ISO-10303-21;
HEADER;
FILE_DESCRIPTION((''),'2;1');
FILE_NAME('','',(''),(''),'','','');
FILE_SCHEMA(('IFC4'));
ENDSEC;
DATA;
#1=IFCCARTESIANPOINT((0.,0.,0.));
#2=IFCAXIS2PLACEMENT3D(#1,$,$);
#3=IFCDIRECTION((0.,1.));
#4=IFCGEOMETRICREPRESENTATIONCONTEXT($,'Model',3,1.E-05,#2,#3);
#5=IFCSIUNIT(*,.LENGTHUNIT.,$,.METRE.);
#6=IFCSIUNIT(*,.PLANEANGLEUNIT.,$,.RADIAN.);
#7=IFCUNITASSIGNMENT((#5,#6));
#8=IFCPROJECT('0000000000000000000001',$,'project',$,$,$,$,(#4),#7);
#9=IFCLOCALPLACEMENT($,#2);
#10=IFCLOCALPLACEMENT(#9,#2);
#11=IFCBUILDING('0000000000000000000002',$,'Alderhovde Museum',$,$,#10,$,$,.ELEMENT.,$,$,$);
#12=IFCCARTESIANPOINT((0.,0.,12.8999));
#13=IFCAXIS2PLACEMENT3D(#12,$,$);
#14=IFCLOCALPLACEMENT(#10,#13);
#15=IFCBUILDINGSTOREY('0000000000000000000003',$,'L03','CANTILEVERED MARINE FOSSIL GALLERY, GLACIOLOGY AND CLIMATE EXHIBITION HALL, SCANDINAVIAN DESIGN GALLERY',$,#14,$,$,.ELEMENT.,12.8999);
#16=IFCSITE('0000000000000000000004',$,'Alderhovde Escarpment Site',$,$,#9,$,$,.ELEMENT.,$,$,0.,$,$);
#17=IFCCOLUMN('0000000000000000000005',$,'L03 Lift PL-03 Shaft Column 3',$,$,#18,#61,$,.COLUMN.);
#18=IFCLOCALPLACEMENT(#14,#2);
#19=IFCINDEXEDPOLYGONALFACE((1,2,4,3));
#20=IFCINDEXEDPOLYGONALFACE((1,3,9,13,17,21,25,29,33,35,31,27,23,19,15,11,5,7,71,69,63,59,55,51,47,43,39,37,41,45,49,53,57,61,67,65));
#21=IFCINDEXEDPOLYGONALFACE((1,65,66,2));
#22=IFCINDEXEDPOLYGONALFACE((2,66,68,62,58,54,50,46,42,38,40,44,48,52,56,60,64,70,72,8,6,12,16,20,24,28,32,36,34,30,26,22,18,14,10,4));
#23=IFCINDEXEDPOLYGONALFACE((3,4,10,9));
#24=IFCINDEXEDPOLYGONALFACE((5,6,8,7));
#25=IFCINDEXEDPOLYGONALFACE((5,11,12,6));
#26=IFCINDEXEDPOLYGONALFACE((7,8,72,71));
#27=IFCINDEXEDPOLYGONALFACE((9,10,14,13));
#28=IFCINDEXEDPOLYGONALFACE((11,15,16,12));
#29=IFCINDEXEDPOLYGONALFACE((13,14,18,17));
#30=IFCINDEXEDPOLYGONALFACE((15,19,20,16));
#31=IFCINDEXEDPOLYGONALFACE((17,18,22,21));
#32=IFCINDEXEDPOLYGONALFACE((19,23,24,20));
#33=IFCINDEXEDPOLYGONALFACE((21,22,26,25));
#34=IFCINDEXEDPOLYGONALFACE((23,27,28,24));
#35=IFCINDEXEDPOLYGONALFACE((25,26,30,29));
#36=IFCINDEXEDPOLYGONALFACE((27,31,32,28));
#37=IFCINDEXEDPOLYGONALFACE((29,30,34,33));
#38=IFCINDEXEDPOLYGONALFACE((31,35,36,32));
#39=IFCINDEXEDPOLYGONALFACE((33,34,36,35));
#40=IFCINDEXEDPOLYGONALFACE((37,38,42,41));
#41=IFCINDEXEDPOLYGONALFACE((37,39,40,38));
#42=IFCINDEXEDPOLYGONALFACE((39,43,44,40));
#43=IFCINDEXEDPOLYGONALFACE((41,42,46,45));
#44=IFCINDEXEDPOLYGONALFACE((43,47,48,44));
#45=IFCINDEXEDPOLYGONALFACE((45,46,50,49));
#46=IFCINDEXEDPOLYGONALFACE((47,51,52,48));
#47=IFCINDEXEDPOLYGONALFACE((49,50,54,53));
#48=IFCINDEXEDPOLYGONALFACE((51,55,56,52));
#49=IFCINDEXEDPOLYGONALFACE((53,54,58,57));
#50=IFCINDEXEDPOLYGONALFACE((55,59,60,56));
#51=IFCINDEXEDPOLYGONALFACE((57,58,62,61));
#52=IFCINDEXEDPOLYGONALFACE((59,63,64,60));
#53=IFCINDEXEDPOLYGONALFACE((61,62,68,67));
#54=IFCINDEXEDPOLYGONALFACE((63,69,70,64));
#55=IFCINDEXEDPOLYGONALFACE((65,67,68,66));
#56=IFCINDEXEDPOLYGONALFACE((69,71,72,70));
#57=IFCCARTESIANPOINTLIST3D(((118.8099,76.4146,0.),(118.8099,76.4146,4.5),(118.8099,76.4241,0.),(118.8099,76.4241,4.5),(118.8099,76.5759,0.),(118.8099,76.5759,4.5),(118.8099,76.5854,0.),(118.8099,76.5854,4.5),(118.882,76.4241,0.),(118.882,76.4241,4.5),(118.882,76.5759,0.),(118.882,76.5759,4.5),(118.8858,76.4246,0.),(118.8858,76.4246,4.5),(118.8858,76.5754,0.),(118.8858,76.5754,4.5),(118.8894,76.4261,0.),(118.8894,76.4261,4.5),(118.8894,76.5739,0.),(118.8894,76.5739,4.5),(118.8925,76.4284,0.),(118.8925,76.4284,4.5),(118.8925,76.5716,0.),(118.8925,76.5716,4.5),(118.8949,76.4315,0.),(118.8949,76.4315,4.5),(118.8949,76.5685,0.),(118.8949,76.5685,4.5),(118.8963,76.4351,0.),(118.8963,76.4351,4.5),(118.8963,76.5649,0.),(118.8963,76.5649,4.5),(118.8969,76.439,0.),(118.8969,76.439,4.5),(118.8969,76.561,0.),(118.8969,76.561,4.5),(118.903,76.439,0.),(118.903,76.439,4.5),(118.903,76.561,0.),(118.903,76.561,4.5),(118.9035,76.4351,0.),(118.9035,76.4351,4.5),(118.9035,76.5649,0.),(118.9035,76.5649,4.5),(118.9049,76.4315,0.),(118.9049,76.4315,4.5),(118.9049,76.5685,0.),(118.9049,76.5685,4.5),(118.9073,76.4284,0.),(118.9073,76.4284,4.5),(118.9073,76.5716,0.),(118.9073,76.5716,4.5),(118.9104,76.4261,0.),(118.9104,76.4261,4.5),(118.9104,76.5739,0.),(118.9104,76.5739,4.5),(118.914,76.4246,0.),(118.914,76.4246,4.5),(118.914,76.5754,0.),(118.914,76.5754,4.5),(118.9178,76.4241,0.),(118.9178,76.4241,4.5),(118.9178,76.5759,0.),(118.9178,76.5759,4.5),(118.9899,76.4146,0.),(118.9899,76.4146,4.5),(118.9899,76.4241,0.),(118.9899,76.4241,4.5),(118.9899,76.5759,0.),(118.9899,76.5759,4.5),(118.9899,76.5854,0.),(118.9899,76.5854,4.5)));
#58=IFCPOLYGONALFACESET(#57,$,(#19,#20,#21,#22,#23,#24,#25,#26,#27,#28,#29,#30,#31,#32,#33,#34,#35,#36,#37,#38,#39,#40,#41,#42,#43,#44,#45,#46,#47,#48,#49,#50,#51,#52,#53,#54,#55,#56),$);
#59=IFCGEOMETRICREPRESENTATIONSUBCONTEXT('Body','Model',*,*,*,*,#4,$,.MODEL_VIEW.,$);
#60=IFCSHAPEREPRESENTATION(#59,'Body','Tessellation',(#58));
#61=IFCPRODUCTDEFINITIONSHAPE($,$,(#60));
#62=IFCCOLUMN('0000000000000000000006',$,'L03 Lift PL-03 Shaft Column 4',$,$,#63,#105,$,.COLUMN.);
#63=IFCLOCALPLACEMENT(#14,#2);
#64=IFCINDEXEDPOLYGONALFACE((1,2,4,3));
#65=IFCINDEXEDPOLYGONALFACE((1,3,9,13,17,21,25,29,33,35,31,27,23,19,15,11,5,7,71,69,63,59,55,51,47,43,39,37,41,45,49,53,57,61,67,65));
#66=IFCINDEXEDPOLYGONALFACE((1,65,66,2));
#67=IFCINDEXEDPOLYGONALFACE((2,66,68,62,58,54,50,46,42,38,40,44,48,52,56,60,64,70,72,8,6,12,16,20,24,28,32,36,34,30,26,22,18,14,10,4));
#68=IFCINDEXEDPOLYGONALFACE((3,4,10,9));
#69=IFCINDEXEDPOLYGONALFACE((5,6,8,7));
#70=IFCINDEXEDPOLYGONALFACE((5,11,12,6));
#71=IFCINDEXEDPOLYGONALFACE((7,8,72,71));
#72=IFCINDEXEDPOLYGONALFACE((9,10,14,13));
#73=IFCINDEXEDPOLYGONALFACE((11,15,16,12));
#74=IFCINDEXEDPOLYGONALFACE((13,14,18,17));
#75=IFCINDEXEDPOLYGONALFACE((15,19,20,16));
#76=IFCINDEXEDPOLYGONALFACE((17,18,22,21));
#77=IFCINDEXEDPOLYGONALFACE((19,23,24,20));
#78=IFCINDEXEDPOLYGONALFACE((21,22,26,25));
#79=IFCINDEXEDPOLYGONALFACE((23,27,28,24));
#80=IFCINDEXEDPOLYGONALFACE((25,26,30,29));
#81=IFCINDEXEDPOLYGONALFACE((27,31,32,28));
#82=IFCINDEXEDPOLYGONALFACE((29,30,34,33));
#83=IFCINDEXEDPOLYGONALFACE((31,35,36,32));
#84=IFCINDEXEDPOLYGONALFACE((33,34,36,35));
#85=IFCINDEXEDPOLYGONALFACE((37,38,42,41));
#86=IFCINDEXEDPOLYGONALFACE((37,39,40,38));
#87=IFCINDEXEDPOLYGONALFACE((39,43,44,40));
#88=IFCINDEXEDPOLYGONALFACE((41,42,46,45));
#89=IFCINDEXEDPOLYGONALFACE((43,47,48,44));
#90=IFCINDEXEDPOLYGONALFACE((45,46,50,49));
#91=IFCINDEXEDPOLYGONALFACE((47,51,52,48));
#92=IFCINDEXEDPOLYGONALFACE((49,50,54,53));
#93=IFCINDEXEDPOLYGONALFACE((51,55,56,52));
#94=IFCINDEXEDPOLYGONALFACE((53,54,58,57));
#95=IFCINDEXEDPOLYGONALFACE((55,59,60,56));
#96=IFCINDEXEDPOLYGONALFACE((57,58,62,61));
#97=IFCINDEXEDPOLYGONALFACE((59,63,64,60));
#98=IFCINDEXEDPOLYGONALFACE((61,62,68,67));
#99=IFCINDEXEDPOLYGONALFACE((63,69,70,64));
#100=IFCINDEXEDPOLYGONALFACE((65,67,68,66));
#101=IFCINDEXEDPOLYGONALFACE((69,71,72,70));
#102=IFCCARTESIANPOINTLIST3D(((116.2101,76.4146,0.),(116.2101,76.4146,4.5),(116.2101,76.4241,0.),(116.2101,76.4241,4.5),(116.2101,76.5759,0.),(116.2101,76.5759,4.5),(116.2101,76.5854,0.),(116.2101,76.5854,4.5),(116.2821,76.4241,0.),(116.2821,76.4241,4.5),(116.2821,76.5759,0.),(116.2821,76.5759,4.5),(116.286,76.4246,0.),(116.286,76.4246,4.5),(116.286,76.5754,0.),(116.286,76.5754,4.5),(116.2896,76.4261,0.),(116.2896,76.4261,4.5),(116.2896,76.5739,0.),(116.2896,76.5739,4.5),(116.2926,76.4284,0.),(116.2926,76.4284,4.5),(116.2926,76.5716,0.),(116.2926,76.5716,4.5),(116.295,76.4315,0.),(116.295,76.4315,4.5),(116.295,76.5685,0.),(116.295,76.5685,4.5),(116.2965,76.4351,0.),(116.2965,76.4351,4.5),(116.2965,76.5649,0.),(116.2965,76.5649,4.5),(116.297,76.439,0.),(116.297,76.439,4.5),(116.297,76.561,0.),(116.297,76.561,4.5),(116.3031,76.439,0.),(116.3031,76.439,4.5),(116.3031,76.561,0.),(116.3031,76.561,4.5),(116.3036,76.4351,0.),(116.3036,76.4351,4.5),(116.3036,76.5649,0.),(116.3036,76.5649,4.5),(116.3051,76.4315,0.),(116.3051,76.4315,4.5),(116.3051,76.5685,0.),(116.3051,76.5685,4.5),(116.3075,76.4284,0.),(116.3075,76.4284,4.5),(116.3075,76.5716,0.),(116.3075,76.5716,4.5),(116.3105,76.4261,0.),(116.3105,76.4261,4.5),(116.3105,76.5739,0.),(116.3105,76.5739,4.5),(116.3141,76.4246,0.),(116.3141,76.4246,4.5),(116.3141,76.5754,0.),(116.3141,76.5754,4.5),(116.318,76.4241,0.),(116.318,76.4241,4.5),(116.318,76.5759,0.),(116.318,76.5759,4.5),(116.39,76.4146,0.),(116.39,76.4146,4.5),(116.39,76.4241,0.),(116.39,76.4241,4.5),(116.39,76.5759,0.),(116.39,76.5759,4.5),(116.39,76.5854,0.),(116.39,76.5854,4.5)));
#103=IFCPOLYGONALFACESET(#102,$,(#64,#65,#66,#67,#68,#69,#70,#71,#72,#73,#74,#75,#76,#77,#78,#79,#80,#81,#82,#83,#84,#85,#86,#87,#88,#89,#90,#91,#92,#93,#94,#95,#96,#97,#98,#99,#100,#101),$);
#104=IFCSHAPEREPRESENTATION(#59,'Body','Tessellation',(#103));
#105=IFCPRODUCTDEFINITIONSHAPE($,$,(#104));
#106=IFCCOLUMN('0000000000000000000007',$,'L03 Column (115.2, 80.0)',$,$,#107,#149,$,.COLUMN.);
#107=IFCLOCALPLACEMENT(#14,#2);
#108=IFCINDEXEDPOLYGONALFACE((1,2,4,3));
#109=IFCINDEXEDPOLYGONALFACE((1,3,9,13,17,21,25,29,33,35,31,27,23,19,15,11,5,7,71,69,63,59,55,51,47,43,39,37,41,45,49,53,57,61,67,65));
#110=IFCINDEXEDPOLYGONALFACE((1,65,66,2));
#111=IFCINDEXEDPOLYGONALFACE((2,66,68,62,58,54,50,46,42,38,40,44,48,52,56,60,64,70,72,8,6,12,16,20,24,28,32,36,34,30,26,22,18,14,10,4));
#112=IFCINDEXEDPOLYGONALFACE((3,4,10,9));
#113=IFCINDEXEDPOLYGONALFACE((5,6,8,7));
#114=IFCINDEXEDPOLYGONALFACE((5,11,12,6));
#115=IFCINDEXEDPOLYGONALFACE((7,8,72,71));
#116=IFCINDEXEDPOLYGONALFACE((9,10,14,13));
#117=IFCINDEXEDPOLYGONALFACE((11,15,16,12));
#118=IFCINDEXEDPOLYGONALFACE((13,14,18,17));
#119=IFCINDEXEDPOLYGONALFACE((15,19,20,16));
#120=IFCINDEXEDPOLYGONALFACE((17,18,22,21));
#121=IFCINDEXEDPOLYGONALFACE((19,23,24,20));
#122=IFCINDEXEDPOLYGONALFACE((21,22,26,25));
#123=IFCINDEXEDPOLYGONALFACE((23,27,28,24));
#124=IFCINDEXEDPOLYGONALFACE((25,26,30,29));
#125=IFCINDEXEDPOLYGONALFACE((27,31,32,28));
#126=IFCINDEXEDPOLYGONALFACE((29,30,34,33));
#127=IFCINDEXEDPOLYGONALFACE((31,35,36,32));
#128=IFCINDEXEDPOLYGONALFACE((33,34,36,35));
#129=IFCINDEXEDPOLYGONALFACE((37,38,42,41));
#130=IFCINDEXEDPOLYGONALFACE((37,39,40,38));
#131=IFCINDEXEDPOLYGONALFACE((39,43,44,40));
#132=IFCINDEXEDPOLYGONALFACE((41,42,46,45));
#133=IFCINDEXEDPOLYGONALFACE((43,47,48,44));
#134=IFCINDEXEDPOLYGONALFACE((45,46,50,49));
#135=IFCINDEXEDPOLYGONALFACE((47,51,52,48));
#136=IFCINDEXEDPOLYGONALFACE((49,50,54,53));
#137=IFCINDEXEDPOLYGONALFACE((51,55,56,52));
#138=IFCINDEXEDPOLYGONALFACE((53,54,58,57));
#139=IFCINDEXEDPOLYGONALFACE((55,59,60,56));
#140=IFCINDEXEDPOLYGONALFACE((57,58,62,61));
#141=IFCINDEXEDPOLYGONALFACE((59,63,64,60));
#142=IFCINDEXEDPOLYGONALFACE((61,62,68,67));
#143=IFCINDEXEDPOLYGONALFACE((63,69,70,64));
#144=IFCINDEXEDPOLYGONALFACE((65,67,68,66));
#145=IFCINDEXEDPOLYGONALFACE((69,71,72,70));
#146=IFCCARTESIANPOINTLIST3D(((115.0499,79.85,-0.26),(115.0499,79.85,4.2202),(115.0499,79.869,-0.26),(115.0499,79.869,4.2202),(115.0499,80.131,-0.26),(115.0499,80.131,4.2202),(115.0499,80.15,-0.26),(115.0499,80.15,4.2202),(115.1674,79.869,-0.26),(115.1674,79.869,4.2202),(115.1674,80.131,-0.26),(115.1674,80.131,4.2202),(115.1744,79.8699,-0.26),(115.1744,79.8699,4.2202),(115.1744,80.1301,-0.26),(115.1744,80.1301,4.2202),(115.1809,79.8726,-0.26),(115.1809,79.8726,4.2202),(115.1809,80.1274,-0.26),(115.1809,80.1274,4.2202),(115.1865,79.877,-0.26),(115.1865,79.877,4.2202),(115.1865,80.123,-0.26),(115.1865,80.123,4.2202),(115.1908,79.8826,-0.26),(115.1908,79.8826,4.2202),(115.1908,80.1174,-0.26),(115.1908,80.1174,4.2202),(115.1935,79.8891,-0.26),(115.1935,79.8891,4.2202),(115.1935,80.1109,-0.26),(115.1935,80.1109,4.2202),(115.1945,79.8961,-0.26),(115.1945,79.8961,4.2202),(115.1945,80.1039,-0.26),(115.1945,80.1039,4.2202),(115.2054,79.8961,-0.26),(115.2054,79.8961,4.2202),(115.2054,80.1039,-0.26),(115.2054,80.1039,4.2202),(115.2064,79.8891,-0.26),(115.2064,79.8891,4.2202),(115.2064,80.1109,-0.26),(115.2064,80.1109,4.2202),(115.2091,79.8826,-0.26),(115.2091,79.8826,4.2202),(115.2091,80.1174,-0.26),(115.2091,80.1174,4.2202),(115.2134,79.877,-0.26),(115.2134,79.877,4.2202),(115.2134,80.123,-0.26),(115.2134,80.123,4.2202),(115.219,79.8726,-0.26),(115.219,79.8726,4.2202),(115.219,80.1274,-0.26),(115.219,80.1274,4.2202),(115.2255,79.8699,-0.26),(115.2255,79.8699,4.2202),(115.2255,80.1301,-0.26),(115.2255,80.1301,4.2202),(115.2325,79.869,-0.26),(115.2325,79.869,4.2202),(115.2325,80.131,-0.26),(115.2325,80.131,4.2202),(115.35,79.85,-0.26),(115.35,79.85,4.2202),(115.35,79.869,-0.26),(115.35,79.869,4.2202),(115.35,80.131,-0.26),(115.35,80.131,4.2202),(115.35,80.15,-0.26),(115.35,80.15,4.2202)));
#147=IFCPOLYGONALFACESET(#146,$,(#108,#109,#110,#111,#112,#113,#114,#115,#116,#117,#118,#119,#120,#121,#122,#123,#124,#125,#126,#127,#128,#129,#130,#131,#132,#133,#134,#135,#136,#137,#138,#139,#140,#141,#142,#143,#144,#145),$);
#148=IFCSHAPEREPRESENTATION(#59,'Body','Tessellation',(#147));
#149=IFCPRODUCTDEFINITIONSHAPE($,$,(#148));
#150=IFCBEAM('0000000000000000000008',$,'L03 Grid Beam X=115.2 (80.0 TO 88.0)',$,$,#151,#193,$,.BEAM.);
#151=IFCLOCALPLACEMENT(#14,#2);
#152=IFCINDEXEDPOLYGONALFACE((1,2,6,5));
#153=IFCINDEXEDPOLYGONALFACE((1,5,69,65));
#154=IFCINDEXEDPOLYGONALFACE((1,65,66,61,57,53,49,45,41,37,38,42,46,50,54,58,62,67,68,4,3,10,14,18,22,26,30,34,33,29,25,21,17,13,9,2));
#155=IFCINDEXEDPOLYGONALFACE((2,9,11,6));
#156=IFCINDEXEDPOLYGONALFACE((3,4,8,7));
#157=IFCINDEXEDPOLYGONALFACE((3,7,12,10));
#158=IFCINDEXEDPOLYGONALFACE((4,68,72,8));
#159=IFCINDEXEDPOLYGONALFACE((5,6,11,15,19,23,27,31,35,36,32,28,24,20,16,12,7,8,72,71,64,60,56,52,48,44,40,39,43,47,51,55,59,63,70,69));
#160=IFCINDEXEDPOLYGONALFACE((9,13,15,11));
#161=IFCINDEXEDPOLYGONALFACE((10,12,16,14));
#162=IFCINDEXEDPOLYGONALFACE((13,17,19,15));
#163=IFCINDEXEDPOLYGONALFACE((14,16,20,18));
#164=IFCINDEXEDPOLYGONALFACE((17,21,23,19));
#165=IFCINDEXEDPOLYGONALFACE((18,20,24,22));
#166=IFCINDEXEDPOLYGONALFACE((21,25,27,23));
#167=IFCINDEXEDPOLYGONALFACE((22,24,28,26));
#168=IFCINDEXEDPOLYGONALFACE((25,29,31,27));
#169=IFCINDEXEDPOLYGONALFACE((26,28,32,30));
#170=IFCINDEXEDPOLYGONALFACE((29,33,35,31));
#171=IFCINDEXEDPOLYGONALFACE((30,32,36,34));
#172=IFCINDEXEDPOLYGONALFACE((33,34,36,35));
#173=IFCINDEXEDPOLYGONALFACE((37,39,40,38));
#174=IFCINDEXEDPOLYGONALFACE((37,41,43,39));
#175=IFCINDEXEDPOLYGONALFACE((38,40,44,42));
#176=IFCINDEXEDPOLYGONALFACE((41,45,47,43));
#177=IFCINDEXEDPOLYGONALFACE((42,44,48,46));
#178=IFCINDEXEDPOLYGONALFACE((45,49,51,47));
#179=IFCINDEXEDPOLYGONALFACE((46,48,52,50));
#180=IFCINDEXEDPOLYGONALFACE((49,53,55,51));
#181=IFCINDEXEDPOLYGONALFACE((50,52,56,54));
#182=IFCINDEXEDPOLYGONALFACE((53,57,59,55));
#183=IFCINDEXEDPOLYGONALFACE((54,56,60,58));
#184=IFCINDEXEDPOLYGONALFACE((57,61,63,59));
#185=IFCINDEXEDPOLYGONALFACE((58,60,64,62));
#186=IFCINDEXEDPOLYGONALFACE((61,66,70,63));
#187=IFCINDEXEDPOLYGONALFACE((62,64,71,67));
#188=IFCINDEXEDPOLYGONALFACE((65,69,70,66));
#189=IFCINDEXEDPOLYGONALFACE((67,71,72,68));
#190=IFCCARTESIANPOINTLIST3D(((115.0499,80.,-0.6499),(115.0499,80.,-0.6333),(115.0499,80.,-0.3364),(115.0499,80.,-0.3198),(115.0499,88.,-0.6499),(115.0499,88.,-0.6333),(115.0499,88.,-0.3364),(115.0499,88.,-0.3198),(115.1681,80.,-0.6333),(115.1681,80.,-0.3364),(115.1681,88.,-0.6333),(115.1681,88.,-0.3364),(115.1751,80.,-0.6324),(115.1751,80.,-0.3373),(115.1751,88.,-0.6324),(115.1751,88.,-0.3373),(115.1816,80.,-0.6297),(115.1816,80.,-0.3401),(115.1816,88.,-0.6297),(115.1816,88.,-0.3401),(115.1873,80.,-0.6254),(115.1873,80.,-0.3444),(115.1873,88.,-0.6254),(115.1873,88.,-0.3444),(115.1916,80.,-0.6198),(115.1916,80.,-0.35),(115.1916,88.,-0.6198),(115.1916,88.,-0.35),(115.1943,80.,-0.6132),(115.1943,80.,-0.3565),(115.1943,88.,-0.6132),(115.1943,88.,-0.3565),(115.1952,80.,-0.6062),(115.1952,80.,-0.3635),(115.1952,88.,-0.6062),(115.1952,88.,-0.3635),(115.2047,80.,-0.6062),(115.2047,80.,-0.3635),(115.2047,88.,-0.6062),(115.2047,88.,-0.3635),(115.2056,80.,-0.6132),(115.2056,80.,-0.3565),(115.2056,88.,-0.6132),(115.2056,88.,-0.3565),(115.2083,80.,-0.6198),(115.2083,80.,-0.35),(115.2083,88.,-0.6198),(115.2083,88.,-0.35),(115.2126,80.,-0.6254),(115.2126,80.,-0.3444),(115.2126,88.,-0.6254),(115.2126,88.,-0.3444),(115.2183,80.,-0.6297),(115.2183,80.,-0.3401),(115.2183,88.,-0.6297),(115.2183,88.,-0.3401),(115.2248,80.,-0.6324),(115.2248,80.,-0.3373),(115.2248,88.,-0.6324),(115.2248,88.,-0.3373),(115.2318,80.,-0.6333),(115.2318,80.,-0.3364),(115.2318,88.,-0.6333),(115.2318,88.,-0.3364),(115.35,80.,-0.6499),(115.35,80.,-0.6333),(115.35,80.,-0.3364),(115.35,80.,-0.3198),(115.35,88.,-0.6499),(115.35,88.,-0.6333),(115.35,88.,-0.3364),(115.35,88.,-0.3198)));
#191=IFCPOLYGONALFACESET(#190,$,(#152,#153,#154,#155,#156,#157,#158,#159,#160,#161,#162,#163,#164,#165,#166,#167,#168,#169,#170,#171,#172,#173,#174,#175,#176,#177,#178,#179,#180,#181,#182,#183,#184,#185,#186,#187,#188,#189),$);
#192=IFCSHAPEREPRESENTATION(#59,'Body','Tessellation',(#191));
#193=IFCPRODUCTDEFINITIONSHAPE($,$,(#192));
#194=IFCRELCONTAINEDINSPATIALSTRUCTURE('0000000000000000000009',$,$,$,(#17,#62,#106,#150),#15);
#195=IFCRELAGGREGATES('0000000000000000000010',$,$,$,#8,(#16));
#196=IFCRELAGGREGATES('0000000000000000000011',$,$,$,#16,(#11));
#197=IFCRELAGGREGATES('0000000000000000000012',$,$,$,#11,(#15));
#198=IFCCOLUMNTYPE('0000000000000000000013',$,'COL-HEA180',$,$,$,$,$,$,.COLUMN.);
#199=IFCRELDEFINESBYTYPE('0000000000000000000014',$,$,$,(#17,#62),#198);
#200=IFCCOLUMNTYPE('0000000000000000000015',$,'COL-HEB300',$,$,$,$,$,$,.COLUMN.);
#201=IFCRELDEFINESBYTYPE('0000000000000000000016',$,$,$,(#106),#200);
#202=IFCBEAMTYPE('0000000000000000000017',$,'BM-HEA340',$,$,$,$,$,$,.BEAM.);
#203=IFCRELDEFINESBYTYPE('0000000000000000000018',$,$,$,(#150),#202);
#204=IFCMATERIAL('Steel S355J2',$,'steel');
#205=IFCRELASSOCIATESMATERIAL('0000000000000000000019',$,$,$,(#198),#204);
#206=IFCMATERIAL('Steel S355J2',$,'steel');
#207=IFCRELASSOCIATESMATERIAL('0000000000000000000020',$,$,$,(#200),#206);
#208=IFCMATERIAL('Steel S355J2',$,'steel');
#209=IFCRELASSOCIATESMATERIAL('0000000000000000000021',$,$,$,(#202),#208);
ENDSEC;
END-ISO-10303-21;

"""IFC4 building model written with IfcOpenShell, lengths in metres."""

from ifc_helpers import new_model, si_unit, direction, frame, origin, origin_2d, place, context, subcontext, project, spatial, i_section, extrude, material, material_profile, profile_set, type_object, element, save


model = new_model("IFC4")

# Units and contexts
model_context = context("Model", 3, precision=1e-05, world=origin(), true_north=direction((0.0, 1.0)))
body_context = subcontext(model_context, "Body", "Model", "MODEL_VIEW")
ifc_project = project(units=[si_unit("LENGTHUNIT", "METRE"), si_unit("PLANEANGLEUNIT", "RADIAN")], contexts=[model_context])

# Site, building, storey
site_placement = place(None, origin())
site = spatial("IfcSite", under=ifc_project, at=site_placement, Name="Alderhovde Escarpment Site", CompositionType="ELEMENT", RefElevation=0.0)
building_placement = place(site_placement, origin())
building = spatial("IfcBuilding", under=site, at=building_placement, Name="Alderhovde Museum", CompositionType="ELEMENT")
storey_placement = place(building_placement, frame((0.0, 0.0, 12.8999)))
storey = spatial("IfcBuildingStorey", under=building, at=storey_placement, Name="L03", Description="CANTILEVERED MARINE FOSSIL GALLERY, GLACIOLOGY AND CLIMATE EXHIBITION HALL, SCANDINAVIAN DESIGN GALLERY", CompositionType="ELEMENT", Elevation=12.8999)

# Columns
ifc_material_1 = material(Name="Steel S355J2", Category="steel")
ifc_material_profile_1 = material_profile(ifc_material_1, i_section(OverallWidth=0.1799, OverallDepth=0.1709, WebThickness=0.0061, FlangeThickness=0.0095, FilletRadius=0.0149, at=origin_2d()), Name="HEA 180")
ifc_profile_set_1 = profile_set([ifc_material_profile_1], Name="Steel S355J2")
column_type_1 = type_object("IfcColumnType", Name="COL-HEA180", PredefinedType="COLUMN", material=ifc_profile_set_1)
for number, where, z_axis, x_axis, name in (
    (1, (118.8999, 76.5, 0.0), (0.0, 0.0, 1.0), (1.0, 0.0, 0.0), "L03 Lift PL-03 Shaft Column 3"),
    (2, (116.3, 76.5, 0.0), (0.0, 0.0, 1.0), (1.0, 0.0, 0.0), "L03 Lift PL-03 Shaft Column 4"),
):
    element("IfcColumn", number, at=place(storey_placement, frame(where, z_axis=z_axis, x_axis=x_axis)), inside=storey, type_object=column_type_1, Name=name, PredefinedType="COLUMN", context=body_context, shape_type="SweptSolid", body=[
        extrude(i_section(OverallWidth=0.1799, OverallDepth=0.1709, WebThickness=0.0061, FlangeThickness=0.0095, FilletRadius=0.0149, at=origin_2d()), origin(), (0.0, 0.0, 1.0), 4.5),
    ])
ifc_material_2 = material(Name="Steel S355J2", Category="steel")
ifc_material_profile_2 = material_profile(ifc_material_2, i_section(OverallWidth=0.3, OverallDepth=0.3, WebThickness=0.011, FlangeThickness=0.019, FilletRadius=0.0271, at=origin_2d()), Name="HEB 300")
ifc_profile_set_2 = profile_set([ifc_material_profile_2], Name="Steel S355J2")
column_type_2 = type_object("IfcColumnType", Name="COL-HEB300", PredefinedType="COLUMN", material=ifc_profile_set_2)
column_placement = place(storey_placement, frame((115.2, 80.0, -0.26), z_axis=(0.0, 0.0, 1.0), x_axis=(1.0, 0.0, 0.0)))
element("IfcColumn", 3, at=column_placement, inside=storey, type_object=column_type_2, Name="L03 Column (115.2, 80.0)", PredefinedType="COLUMN", context=body_context, shape_type="SweptSolid", body=[
    extrude(i_section(OverallWidth=0.3, OverallDepth=0.3, WebThickness=0.011, FlangeThickness=0.019, FilletRadius=0.0271, at=origin_2d()), origin(), (0.0, 0.0, 1.0), 4.4802),
])

# Beam
ifc_material_3 = material(Name="Steel S355J2", Category="steel")
ifc_material_profile_3 = material_profile(ifc_material_3, i_section(OverallWidth=0.3, OverallDepth=0.3301, WebThickness=0.0095, FlangeThickness=0.0166, FilletRadius=0.0271, at=origin_2d()), Name="HEA 340")
ifc_profile_set_3 = profile_set([ifc_material_profile_3], Name="Steel S355J2")
beam_type_1 = type_object("IfcBeamType", Name="BM-HEA340", PredefinedType="BEAM", material=ifc_profile_set_3)
beam_1_placement = place(storey_placement, frame((115.2, 80.0, -0.4849), z_axis=(0.0, 1.0, 0.0), x_axis=(-1.0, 0.0, 0.0)))
element("IfcBeam", 4, at=beam_1_placement, inside=storey, type_object=beam_type_1, Name="L03 Grid Beam X=115.2 (80.0 TO 88.0)", PredefinedType="BEAM", context=body_context, shape_type="SweptSolid", body=[
    extrude(i_section(OverallWidth=0.3, OverallDepth=0.3301, WebThickness=0.0095, FlangeThickness=0.0166, FilletRadius=0.0271, at=origin_2d()), origin(), (0.0, 0.0, 1.0), 8.0),
])

save(model, "model.ifc")
